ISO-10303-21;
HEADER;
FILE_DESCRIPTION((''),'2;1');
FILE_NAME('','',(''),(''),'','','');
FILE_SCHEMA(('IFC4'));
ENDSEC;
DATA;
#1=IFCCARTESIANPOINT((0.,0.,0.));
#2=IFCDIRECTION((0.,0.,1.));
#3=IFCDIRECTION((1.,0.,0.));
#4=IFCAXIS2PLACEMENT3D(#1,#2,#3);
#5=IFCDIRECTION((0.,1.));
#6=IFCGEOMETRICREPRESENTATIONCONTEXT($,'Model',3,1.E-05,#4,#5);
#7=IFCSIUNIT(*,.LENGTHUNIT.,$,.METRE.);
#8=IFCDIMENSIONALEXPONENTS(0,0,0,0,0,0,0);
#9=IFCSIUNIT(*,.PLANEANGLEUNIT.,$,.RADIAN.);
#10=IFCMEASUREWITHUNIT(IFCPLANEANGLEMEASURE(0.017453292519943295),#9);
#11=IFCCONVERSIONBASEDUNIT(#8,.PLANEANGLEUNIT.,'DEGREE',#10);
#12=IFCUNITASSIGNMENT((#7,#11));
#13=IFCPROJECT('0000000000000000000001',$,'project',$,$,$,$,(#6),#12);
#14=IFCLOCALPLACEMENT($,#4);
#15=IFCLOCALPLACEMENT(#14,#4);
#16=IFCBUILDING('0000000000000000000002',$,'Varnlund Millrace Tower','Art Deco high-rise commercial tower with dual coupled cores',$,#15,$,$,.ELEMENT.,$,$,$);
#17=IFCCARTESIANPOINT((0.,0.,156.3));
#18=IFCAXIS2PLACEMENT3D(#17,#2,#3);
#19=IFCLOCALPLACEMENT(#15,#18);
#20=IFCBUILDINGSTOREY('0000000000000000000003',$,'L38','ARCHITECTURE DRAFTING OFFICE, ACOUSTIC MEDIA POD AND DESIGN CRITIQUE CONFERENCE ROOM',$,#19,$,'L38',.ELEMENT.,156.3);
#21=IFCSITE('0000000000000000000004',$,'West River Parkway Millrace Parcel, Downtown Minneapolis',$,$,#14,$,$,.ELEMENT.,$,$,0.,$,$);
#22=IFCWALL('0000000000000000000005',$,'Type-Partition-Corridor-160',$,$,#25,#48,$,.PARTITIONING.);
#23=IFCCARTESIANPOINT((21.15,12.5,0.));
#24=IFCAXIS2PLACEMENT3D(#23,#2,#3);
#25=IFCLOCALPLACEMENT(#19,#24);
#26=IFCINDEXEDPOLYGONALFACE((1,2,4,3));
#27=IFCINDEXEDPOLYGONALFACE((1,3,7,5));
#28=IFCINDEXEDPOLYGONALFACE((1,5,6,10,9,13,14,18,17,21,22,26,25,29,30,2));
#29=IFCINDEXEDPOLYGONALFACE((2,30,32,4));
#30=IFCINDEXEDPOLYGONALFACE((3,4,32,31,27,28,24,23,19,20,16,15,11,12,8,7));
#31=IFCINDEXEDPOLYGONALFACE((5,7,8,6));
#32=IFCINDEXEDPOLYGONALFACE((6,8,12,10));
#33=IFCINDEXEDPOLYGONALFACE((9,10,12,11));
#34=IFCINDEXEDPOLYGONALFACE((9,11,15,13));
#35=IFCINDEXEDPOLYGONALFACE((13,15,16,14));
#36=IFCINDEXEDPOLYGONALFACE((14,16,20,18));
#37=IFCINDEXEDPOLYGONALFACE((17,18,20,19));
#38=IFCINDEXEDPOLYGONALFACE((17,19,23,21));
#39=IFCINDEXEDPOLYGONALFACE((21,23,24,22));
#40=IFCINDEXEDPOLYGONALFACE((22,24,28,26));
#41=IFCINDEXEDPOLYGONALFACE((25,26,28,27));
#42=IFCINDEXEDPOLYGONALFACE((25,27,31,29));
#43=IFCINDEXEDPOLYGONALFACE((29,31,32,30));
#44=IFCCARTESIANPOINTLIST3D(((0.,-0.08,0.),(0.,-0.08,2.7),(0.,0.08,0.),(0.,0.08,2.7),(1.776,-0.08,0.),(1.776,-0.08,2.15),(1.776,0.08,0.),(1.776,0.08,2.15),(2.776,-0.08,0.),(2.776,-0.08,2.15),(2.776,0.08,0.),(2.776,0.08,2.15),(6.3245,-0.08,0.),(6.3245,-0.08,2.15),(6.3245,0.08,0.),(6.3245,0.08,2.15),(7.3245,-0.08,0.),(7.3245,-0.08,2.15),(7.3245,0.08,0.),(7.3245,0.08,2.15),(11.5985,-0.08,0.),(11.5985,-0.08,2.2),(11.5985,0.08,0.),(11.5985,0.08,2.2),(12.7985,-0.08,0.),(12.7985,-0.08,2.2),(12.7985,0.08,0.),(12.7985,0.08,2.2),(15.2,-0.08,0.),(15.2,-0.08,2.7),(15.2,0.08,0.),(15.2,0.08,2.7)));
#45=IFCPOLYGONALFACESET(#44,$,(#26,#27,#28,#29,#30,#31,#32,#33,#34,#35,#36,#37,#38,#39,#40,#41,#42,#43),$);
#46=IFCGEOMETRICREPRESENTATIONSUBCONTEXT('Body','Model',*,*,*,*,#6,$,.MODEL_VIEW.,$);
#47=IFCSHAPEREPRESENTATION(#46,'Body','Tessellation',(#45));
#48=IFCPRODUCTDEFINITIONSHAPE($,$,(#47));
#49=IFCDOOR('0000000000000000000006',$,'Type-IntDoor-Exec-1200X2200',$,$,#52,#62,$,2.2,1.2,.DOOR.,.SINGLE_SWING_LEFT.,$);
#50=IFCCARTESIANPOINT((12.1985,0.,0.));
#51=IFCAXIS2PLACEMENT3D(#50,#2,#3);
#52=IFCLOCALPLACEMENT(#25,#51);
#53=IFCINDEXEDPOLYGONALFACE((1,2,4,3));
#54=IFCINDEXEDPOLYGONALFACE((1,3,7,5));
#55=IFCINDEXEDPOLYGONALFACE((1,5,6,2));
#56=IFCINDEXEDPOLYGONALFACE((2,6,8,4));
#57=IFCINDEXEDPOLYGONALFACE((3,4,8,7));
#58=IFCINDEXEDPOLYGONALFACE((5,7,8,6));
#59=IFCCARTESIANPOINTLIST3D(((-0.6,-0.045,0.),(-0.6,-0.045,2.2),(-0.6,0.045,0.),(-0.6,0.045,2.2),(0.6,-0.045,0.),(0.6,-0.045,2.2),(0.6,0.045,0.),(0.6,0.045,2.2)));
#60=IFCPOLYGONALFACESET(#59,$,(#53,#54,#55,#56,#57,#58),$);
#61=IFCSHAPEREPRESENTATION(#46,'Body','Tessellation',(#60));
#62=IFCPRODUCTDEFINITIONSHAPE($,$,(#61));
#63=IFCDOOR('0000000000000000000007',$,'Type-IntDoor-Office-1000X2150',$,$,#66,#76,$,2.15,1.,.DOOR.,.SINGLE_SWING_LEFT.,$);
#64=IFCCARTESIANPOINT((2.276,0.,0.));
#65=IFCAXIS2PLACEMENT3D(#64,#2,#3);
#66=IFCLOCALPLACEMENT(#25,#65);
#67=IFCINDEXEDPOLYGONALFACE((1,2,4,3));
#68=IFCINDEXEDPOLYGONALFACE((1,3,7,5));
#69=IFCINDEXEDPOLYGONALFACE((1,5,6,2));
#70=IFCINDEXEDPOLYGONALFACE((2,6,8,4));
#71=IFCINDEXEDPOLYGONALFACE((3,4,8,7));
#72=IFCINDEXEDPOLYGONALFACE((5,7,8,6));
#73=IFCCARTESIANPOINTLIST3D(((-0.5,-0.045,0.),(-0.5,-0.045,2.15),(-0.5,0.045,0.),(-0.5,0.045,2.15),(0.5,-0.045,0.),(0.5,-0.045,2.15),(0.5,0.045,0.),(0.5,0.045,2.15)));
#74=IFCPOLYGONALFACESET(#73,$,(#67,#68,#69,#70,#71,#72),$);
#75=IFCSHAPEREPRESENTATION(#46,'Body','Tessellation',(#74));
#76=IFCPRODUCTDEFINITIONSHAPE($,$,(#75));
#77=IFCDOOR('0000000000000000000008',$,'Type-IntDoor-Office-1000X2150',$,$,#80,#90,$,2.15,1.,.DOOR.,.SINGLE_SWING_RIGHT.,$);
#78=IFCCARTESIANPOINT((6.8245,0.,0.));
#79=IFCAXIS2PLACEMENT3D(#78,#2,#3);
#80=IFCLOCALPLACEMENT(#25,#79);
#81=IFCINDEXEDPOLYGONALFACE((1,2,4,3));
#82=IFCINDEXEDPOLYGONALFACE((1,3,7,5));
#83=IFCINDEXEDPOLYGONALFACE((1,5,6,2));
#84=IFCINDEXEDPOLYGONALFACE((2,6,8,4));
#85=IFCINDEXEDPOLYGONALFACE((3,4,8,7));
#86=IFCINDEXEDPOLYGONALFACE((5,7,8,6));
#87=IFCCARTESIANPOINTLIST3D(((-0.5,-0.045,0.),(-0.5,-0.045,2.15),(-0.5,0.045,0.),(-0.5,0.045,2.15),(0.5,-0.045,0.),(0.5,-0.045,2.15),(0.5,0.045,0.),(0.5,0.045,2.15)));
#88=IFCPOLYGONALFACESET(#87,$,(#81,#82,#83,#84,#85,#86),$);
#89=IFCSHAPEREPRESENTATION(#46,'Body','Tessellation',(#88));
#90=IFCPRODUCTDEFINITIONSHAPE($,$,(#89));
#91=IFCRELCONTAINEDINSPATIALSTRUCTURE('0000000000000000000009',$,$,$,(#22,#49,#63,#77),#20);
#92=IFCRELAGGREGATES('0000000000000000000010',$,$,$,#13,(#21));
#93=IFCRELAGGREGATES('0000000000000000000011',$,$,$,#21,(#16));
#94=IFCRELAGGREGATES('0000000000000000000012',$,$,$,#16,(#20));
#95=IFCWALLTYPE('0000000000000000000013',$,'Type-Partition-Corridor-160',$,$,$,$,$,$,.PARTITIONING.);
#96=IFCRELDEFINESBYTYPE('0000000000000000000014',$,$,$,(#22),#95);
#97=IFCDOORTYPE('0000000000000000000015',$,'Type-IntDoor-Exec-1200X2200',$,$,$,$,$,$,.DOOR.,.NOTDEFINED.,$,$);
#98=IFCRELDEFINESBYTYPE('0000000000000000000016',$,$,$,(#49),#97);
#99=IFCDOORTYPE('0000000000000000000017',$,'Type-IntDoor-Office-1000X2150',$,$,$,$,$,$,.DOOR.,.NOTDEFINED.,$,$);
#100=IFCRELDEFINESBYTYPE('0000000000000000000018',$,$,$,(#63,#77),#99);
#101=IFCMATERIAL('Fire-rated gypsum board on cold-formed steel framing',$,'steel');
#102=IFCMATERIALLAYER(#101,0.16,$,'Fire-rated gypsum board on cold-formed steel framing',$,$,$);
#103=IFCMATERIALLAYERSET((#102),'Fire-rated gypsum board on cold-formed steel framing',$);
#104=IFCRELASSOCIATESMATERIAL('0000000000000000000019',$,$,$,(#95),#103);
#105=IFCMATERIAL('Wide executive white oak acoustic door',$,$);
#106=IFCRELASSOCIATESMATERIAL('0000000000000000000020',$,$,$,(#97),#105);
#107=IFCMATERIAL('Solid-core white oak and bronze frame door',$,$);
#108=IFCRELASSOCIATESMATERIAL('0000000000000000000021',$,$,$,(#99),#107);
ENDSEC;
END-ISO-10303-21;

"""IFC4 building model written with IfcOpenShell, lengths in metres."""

from ifc_helpers import new_model, entity, si_unit, converted_unit, direction, frame, origin_with_axes, origin_2d_with_axis, place, context, subcontext, project, spatial, polyline, rectangle, outline, extrude, material, layer, layer_set, type_object, element, fill, save


model = new_model("IFC4")

# Units and contexts
model_context = context("Model", 3, precision=1e-05, world=origin_with_axes(), true_north=direction((0.0, 1.0)))
body_context = subcontext(model_context, "Body", "Model", "MODEL_VIEW")
ifc_project = project(units=[si_unit("LENGTHUNIT", "METRE"), converted_unit("PLANEANGLEUNIT", "DEGREE", entity("IfcPlaneAngleMeasure", 0.017453292519943295), si_unit("PLANEANGLEUNIT", "RADIAN"), dimensions=[0, 0, 0, 0, 0, 0, 0])], contexts=[model_context])

# Site, building, storey
site_placement = place(None, origin_with_axes())
site = spatial("IfcSite", under=ifc_project, at=site_placement, Name="West River Parkway Millrace Parcel, Downtown Minneapolis", CompositionType="ELEMENT", RefElevation=0.0)
building_placement = place(site_placement, origin_with_axes())
building = spatial("IfcBuilding", under=site, at=building_placement, Name="Varnlund Millrace Tower", Description="Art Deco high-rise commercial tower with dual coupled cores", CompositionType="ELEMENT")
storey_placement = place(building_placement, frame((0.0, 0.0, 156.3), z_axis=(0.0, 0.0, 1.0), x_axis=(1.0, 0.0, 0.0)))
storey = spatial("IfcBuildingStorey", under=building, at=storey_placement, Name="L38", Description="ARCHITECTURE DRAFTING OFFICE, ACOUSTIC MEDIA POD AND DESIGN CRITIQUE CONFERENCE ROOM", LongName="L38", CompositionType="ELEMENT", Elevation=156.3)

# Shared definitions
ifc_material_1 = material(Name="Fire-rated gypsum board on cold-formed steel framing", Category="steel")
ifc_layer_1 = layer(ifc_material_1, 0.16, Name="Fire-rated gypsum board on cold-formed steel framing")
ifc_layer_set_1 = layer_set([ifc_layer_1], Name="Fire-rated gypsum board on cold-formed steel framing")
wall_type_1 = type_object("IfcWallType", Name="Type-Partition-Corridor-160", PredefinedType="PARTITIONING", material=ifc_layer_set_1)

# Wall, openings, doors
wall_1_placement = place(storey_placement, frame((21.15, 12.5, 0.0), z_axis=(0.0, 0.0, 1.0), x_axis=(1.0, 0.0, 0.0)))
wall_1 = element("IfcWall", 1, at=wall_1_placement, inside=storey, type_object=wall_type_1, Name="Type-Partition-Corridor-160", PredefinedType="PARTITIONING", context=body_context, shape_type="SweptSolid", body=[
    extrude(outline(polyline([(0.0, -0.08), (15.2, -0.08), (15.2, 0.08), (0.0, 0.08), (0.0, -0.08)])), origin_with_axes(), (0.0, 0.0, 1.0), 2.7),
])
opening_1_placement = place(wall_1_placement, frame((2.276, 0.0, 0.0), z_axis=(0.0, 0.0, 1.0), x_axis=(1.0, 0.0, 0.0)))
opening_1 = element("IfcOpeningElement", 2, at=opening_1_placement, cuts=wall_1, PredefinedType="OPENING", context=body_context, shape_type="SweptSolid", body=[
    extrude(rectangle(XDim=1.0, YDim=0.18, at=origin_2d_with_axis()), origin_with_axes(), (0.0, 0.0, 1.0), 2.15),
])
opening_2_placement = place(wall_1_placement, frame((6.8245, 0.0, 0.0), z_axis=(0.0, 0.0, 1.0), x_axis=(1.0, 0.0, 0.0)))
opening_2 = element("IfcOpeningElement", 3, at=opening_2_placement, cuts=wall_1, PredefinedType="OPENING", context=body_context, shape_type="SweptSolid", body=[
    extrude(rectangle(XDim=1.0, YDim=0.18, at=origin_2d_with_axis()), origin_with_axes(), (0.0, 0.0, 1.0), 2.15),
])
opening_3_placement = place(wall_1_placement, frame((12.1985, 0.0, 0.0), z_axis=(0.0, 0.0, 1.0), x_axis=(1.0, 0.0, 0.0)))
opening_3 = element("IfcOpeningElement", 4, at=opening_3_placement, cuts=wall_1, PredefinedType="OPENING", context=body_context, shape_type="SweptSolid", body=[
    extrude(rectangle(XDim=1.2, YDim=0.18, at=origin_2d_with_axis()), origin_with_axes(), (0.0, 0.0, 1.0), 2.2),
])
ifc_material_2 = material(Name="Wide executive white oak acoustic door")
door_type_1 = type_object("IfcDoorType", Name="Type-IntDoor-Exec-1200X2200", OperationType="NOTDEFINED", PredefinedType="DOOR", material=ifc_material_2)
door_1_placement = place(wall_1_placement, frame((12.1985, 0.0, 0.0), z_axis=(0.0, 0.0, 1.0), x_axis=(1.0, 0.0, 0.0)))
door_1 = element("IfcDoor", 5, at=door_1_placement, inside=storey, type_object=door_type_1, Name="Type-IntDoor-Exec-1200X2200", OperationType="SINGLE_SWING_LEFT", OverallHeight=2.2, OverallWidth=1.2, PredefinedType="DOOR", context=body_context, shape_type="SweptSolid", body=[
    extrude(rectangle(XDim=1.2, YDim=0.09, at=origin_2d_with_axis()), origin_with_axes(), (0.0, 0.0, 1.0), 2.2),
])
fill(opening_3, door_1)
ifc_material_3 = material(Name="Solid-core white oak and bronze frame door")
door_type_2 = type_object("IfcDoorType", Name="Type-IntDoor-Office-1000X2150", OperationType="NOTDEFINED", PredefinedType="DOOR", material=ifc_material_3)
door_2_placement = place(wall_1_placement, frame((2.276, 0.0, 0.0), z_axis=(0.0, 0.0, 1.0), x_axis=(1.0, 0.0, 0.0)))
door_2 = element("IfcDoor", 6, at=door_2_placement, inside=storey, type_object=door_type_2, Name="Type-IntDoor-Office-1000X2150", OperationType="SINGLE_SWING_LEFT", OverallHeight=2.15, OverallWidth=1.0, PredefinedType="DOOR", context=body_context, shape_type="SweptSolid", body=[
    extrude(rectangle(XDim=1.0, YDim=0.09, at=origin_2d_with_axis()), origin_with_axes(), (0.0, 0.0, 1.0), 2.15),
])
fill(opening_1, door_2)
door_3_placement = place(wall_1_placement, frame((6.8245, 0.0, 0.0), z_axis=(0.0, 0.0, 1.0), x_axis=(1.0, 0.0, 0.0)))
door_3 = element("IfcDoor", 7, at=door_3_placement, inside=storey, type_object=door_type_2, Name="Type-IntDoor-Office-1000X2150", OperationType="SINGLE_SWING_RIGHT", OverallHeight=2.15, OverallWidth=1.0, PredefinedType="DOOR", context=body_context, shape_type="SweptSolid", body=[
    extrude(rectangle(XDim=1.0, YDim=0.09, at=origin_2d_with_axis()), origin_with_axes(), (0.0, 0.0, 1.0), 2.15),
])
fill(opening_2, door_3)

save(model, "model.ifc")
